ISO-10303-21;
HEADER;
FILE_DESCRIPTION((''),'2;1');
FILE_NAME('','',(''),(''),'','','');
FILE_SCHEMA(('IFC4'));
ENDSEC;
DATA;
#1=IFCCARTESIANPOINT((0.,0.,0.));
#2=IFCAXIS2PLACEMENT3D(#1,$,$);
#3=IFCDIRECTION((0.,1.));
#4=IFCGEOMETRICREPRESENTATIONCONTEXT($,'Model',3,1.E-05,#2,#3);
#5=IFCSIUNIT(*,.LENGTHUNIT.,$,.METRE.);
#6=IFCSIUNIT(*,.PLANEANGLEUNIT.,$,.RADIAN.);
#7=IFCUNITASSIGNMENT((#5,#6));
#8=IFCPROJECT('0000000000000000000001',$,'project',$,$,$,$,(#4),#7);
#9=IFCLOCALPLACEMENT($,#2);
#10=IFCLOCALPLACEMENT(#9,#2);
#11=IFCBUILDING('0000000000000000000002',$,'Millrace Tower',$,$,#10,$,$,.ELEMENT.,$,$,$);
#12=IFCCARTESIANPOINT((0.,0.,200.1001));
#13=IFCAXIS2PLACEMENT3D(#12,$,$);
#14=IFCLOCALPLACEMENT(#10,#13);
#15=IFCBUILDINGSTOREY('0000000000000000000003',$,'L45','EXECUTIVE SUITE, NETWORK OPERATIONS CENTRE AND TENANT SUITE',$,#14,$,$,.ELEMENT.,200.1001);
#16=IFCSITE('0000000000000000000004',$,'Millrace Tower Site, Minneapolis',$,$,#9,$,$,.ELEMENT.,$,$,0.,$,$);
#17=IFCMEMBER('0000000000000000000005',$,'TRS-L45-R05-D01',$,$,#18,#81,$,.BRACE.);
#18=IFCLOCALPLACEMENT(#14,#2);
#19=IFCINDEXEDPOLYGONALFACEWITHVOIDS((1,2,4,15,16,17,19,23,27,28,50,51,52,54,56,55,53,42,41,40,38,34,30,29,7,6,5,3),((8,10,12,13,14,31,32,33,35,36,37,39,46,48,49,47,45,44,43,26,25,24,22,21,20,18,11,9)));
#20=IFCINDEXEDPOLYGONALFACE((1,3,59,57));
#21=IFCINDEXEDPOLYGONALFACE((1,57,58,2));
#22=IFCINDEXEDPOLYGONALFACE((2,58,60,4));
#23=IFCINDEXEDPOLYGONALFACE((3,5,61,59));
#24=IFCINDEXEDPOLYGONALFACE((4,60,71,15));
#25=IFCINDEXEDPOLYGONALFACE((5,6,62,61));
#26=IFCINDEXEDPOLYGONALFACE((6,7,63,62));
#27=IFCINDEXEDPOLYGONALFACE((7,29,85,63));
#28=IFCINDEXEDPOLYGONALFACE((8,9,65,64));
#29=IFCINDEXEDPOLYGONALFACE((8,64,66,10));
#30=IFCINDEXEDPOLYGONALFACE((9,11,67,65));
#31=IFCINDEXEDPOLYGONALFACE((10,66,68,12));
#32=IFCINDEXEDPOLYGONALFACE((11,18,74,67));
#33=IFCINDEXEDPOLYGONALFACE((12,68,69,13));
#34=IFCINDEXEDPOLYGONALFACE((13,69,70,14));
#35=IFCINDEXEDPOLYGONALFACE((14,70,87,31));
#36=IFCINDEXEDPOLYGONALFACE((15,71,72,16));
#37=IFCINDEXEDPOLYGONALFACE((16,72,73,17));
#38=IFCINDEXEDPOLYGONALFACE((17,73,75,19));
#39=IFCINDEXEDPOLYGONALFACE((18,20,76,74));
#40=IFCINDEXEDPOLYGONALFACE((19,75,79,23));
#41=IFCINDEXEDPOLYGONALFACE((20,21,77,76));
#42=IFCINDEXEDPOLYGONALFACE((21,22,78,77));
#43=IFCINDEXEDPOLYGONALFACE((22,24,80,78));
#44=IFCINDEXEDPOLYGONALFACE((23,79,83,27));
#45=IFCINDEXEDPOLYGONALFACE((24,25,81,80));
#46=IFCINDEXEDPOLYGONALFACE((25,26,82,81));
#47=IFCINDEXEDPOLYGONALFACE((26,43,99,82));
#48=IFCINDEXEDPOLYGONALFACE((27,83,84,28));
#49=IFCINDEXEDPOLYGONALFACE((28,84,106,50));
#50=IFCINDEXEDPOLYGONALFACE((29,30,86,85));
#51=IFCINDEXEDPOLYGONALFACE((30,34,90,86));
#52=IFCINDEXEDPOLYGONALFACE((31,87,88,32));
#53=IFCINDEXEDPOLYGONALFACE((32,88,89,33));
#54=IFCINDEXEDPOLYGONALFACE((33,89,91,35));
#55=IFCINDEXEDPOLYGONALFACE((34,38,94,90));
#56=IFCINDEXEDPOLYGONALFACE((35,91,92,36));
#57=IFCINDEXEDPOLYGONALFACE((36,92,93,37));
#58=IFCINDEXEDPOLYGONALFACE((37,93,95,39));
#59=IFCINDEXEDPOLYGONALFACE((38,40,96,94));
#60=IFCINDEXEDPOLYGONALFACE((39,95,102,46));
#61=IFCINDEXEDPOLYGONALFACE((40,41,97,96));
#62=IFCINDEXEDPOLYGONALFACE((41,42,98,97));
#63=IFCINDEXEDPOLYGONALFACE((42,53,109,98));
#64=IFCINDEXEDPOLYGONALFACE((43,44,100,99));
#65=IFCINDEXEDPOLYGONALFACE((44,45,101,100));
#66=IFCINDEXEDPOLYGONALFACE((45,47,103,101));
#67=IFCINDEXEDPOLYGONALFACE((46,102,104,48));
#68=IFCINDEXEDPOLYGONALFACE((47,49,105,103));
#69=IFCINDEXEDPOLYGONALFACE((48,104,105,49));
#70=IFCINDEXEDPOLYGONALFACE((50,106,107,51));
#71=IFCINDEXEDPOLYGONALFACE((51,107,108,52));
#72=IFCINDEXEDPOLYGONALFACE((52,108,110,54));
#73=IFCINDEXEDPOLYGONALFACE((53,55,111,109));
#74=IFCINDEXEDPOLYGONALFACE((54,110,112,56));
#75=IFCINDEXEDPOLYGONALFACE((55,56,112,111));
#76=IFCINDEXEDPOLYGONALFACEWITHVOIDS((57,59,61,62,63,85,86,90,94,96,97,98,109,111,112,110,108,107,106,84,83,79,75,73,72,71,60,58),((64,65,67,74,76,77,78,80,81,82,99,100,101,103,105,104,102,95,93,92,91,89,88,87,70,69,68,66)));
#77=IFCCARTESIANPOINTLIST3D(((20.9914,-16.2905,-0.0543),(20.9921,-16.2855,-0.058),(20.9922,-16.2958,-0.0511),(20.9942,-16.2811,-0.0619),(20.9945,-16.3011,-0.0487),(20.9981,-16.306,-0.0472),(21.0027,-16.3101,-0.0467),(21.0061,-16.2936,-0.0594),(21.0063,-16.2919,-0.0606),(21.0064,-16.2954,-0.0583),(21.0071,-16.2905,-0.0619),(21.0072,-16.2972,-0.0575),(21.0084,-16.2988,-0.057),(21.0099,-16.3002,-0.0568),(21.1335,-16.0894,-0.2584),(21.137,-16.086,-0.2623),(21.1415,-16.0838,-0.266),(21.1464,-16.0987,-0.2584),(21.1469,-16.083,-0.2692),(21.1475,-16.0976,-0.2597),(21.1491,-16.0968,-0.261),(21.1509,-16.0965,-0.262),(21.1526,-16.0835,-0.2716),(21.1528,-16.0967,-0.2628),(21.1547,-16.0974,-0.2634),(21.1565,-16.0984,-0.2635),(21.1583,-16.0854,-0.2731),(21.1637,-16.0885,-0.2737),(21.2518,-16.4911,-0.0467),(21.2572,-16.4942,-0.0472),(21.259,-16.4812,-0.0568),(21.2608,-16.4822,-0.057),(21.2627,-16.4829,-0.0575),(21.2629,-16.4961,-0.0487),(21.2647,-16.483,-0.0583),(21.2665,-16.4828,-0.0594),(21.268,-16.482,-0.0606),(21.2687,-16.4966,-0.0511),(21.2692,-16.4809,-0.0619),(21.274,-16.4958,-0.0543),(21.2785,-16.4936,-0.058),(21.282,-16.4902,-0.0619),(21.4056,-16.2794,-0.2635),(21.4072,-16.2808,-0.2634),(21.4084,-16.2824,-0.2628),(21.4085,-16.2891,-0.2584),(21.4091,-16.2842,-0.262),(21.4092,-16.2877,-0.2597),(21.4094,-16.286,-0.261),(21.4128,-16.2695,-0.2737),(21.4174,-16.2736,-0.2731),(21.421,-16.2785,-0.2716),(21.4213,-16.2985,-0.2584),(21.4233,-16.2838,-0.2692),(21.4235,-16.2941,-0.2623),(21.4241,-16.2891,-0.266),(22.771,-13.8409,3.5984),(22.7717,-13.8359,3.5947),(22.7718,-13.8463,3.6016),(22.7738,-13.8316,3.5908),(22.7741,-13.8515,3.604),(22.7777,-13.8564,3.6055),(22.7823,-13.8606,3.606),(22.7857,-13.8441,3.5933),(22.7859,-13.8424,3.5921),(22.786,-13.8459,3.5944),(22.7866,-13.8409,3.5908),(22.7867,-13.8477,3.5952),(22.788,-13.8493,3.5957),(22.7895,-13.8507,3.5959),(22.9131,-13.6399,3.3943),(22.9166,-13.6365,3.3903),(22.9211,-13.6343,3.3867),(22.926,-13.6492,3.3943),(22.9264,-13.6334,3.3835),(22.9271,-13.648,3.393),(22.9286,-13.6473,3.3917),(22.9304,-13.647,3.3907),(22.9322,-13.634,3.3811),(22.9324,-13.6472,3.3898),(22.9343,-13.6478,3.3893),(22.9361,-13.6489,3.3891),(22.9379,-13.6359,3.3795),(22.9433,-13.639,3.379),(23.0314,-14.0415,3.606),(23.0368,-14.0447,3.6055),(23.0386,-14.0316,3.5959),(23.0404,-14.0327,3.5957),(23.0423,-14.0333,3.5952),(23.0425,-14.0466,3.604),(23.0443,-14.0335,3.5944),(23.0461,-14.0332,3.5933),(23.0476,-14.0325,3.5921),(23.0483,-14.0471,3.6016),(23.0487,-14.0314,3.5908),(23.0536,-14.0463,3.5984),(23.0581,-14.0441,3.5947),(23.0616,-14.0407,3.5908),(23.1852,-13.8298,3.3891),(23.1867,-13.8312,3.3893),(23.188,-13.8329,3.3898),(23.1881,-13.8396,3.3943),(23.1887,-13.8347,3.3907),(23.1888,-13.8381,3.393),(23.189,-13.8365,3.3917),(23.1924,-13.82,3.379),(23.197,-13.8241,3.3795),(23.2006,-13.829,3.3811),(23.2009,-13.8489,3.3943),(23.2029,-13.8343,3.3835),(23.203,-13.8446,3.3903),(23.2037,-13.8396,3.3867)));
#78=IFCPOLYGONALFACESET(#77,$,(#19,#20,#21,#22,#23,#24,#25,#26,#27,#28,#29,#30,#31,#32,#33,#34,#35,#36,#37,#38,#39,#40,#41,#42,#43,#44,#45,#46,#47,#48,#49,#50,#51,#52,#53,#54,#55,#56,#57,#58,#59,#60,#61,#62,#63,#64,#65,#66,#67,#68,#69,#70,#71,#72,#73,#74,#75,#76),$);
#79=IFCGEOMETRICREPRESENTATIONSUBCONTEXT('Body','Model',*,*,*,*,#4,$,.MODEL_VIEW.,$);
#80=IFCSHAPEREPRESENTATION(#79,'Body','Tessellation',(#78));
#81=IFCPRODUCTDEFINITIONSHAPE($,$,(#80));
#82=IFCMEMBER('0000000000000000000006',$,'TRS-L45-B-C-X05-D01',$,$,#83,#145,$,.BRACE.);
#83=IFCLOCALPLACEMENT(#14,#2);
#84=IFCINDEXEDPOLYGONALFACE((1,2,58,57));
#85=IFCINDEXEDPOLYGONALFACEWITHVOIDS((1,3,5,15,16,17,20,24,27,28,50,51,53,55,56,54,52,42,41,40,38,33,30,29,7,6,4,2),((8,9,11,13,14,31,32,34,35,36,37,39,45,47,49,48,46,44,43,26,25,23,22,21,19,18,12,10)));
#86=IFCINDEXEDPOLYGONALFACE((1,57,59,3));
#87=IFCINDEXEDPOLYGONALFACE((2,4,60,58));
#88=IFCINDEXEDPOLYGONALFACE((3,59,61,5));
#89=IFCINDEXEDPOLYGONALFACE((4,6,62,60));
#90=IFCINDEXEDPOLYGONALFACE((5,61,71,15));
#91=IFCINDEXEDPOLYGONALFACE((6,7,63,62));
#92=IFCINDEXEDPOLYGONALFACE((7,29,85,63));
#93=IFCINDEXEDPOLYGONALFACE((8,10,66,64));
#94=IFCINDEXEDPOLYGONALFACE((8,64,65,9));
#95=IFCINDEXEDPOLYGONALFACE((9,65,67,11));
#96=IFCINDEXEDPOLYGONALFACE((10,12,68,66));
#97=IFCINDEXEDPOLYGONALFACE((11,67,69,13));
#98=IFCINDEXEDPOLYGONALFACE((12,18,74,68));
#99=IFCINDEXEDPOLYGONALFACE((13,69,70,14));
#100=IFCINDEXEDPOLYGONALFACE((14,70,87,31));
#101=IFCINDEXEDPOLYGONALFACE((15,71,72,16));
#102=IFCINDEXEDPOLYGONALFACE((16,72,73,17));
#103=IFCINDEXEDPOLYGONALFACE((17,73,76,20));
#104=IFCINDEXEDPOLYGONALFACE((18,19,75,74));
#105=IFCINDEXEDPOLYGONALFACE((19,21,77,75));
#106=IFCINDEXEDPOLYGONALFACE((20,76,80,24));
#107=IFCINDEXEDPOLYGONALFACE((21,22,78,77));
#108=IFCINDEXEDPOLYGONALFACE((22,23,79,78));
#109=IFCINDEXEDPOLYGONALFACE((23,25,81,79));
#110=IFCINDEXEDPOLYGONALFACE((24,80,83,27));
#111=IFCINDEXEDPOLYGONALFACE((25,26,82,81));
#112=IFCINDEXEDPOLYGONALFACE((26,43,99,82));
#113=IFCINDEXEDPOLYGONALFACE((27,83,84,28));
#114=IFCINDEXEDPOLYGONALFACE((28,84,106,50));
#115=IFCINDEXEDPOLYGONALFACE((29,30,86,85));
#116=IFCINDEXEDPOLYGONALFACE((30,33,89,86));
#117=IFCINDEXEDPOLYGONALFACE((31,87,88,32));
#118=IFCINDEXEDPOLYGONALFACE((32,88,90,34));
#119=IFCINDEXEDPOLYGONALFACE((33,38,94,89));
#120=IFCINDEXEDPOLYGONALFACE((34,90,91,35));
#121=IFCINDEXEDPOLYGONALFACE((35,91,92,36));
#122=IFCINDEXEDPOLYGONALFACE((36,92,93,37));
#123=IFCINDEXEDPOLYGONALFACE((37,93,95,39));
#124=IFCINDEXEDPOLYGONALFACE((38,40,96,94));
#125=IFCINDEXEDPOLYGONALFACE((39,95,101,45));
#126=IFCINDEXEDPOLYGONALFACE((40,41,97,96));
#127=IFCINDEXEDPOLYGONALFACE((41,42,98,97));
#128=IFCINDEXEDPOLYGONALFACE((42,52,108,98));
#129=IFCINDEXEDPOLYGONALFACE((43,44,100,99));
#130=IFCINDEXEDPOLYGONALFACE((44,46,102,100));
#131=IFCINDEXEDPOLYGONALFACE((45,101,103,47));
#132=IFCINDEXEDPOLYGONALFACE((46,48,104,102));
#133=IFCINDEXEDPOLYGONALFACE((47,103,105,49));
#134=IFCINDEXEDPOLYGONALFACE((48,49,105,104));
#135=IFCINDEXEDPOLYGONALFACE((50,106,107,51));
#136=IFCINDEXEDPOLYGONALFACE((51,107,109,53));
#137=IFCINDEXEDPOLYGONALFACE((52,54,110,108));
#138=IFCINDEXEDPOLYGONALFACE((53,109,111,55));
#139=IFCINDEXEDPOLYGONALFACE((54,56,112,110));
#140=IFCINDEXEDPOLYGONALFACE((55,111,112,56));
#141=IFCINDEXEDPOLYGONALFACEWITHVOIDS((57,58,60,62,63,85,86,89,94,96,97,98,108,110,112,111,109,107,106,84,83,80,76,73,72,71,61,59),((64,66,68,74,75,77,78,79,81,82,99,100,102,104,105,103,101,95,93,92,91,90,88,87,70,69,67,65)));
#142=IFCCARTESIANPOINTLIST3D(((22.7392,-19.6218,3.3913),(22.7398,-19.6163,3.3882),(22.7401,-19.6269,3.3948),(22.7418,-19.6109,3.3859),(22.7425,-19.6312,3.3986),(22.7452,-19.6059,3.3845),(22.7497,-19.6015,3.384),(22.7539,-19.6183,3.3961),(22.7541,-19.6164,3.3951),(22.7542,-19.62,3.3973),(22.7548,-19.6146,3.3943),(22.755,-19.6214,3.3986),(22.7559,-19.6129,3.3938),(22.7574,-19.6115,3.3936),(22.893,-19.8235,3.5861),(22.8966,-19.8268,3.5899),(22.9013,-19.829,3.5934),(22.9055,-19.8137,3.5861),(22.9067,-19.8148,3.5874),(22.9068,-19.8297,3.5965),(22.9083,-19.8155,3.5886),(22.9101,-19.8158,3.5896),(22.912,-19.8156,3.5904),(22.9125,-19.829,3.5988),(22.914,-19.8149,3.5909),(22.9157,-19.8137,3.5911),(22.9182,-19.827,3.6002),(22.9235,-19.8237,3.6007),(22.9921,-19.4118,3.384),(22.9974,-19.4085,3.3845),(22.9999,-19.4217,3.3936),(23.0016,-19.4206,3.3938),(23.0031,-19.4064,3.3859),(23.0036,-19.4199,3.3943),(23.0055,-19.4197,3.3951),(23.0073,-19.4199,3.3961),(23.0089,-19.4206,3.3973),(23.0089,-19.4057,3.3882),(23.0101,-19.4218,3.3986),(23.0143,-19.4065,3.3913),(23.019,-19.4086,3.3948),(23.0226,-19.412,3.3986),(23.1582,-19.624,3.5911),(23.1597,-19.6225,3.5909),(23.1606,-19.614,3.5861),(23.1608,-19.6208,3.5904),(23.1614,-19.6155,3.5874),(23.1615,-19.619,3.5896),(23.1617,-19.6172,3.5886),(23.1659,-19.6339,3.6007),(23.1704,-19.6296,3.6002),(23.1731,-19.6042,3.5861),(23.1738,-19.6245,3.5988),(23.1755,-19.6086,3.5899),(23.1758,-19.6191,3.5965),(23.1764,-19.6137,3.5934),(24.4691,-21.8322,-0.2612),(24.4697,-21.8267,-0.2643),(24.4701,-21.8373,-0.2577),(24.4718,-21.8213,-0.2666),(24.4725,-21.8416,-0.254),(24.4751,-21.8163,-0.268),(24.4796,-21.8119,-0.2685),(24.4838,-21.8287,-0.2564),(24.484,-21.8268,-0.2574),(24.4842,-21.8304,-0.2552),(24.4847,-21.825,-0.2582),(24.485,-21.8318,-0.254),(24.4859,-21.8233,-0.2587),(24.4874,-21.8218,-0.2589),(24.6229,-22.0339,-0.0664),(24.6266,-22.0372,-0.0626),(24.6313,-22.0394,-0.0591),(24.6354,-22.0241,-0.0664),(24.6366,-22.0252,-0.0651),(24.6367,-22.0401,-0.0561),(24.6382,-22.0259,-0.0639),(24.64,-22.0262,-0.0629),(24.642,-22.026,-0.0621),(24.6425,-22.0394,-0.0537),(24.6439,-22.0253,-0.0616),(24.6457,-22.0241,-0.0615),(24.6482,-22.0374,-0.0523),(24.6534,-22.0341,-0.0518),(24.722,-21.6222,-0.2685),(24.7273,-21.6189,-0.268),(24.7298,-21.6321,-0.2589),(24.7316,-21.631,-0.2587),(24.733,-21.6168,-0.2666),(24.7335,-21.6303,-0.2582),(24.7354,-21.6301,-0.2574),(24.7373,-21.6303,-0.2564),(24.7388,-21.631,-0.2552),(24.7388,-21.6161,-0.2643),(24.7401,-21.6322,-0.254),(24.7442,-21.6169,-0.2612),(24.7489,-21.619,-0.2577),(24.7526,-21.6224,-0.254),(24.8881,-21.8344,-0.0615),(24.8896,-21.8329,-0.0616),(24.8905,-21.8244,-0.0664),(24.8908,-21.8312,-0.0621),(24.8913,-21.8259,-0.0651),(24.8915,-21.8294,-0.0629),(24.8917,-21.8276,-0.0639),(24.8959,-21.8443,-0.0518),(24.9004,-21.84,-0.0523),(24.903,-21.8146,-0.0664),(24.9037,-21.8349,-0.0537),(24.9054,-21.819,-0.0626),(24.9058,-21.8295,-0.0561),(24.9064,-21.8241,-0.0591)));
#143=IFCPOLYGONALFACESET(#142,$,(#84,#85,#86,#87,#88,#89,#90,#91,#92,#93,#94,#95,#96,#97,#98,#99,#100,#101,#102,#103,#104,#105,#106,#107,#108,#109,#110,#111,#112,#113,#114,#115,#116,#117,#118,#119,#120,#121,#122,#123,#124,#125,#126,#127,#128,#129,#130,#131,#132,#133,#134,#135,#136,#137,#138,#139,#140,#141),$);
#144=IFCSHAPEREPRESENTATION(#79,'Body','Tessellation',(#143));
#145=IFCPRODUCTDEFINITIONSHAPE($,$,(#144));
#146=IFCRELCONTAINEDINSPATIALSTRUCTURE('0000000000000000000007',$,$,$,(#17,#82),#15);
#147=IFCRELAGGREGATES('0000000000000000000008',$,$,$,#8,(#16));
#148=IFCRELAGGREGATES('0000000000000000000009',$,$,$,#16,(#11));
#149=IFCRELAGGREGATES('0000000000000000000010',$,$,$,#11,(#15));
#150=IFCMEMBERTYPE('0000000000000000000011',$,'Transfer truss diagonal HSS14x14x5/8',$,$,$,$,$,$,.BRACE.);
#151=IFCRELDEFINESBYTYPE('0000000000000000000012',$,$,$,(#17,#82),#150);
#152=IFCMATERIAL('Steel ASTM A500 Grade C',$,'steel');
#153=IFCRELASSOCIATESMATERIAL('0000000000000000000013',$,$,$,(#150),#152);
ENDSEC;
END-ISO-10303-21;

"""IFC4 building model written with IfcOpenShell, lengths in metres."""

from ifc_helpers import new_model, si_unit, direction, frame, origin, origin_2d, place, context, subcontext, project, spatial, hollow_rectangle, extrude, material, material_profile, profile_set, type_object, element, save


model = new_model("IFC4")

# Units and contexts
model_context = context("Model", 3, precision=1e-05, world=origin(), true_north=direction((0.0, 1.0)))
body_context = subcontext(model_context, "Body", "Model", "MODEL_VIEW")
ifc_project = project(units=[si_unit("LENGTHUNIT", "METRE"), si_unit("PLANEANGLEUNIT", "RADIAN")], contexts=[model_context])

# Site, building, storey
site_placement = place(None, origin())
site = spatial("IfcSite", under=ifc_project, at=site_placement, Name="Millrace Tower Site, Minneapolis", CompositionType="ELEMENT", RefElevation=0.0)
building_placement = place(site_placement, origin())
building = spatial("IfcBuilding", under=site, at=building_placement, Name="Millrace Tower", CompositionType="ELEMENT")
storey_placement = place(building_placement, frame((0.0, 0.0, 200.1001)))
storey = spatial("IfcBuildingStorey", under=building, at=storey_placement, Name="L45", Description="EXECUTIVE SUITE, NETWORK OPERATIONS CENTRE AND TENANT SUITE", CompositionType="ELEMENT", Elevation=200.1001)

# Members
ifc_material_1 = material(Name="Steel ASTM A500 Grade C", Category="steel")
ifc_material_profile_1 = material_profile(ifc_material_1, hollow_rectangle(XDim=0.3557, YDim=0.3557, WallThickness=0.0159, InnerFilletRadius=0.0081, OuterFilletRadius=0.0239, at=origin_2d()))
ifc_profile_set_1 = profile_set([ifc_material_profile_1], Name="Steel ASTM A500 Grade C")
member_type_1 = type_object("IfcMemberType", Name="Transfer truss diagonal HSS14x14x5/8", PredefinedType="BRACE", material=ifc_profile_set_1)
member_1_placement = place(storey_placement, frame((21.2078, -16.2898, -0.1602), z_axis=(0.375093, 0.5163, 0.769896), x_axis=(-0.809032, 0.587764, 0.0)))
element("IfcMember", 1, at=member_1_placement, inside=storey, type_object=member_type_1, Name="TRS-L45-R05-D01", PredefinedType="BRACE", context=body_context, shape_type="SweptSolid", body=[
    extrude(hollow_rectangle(XDim=0.3557, YDim=0.3557, WallThickness=0.0159, InnerFilletRadius=0.0081, OuterFilletRadius=0.0239, at=origin_2d()), origin(), (0.0, 0.0, 1.0), 4.7444),
])
for number, where, z_axis, x_axis, name in (
    (2, (24.6877, -21.8281, -0.1602), (-0.375548, 0.479849, 0.792912), (-0.787494, -0.616322, 0.0), "TRS-L45-B-C-X05-D01"),
):
    element("IfcMember", number, at=place(storey_placement, frame(where, z_axis=z_axis, x_axis=x_axis)), inside=storey, type_object=member_type_1, Name=name, PredefinedType="BRACE", context=body_context, shape_type="SweptSolid", body=[
        extrude(hollow_rectangle(XDim=0.3557, YDim=0.3557, WallThickness=0.0159, InnerFilletRadius=0.0081, OuterFilletRadius=0.0239, at=origin_2d()), origin(), (0.0, 0.0, 1.0), 4.6064),
    ])

save(model, "model.ifc")
